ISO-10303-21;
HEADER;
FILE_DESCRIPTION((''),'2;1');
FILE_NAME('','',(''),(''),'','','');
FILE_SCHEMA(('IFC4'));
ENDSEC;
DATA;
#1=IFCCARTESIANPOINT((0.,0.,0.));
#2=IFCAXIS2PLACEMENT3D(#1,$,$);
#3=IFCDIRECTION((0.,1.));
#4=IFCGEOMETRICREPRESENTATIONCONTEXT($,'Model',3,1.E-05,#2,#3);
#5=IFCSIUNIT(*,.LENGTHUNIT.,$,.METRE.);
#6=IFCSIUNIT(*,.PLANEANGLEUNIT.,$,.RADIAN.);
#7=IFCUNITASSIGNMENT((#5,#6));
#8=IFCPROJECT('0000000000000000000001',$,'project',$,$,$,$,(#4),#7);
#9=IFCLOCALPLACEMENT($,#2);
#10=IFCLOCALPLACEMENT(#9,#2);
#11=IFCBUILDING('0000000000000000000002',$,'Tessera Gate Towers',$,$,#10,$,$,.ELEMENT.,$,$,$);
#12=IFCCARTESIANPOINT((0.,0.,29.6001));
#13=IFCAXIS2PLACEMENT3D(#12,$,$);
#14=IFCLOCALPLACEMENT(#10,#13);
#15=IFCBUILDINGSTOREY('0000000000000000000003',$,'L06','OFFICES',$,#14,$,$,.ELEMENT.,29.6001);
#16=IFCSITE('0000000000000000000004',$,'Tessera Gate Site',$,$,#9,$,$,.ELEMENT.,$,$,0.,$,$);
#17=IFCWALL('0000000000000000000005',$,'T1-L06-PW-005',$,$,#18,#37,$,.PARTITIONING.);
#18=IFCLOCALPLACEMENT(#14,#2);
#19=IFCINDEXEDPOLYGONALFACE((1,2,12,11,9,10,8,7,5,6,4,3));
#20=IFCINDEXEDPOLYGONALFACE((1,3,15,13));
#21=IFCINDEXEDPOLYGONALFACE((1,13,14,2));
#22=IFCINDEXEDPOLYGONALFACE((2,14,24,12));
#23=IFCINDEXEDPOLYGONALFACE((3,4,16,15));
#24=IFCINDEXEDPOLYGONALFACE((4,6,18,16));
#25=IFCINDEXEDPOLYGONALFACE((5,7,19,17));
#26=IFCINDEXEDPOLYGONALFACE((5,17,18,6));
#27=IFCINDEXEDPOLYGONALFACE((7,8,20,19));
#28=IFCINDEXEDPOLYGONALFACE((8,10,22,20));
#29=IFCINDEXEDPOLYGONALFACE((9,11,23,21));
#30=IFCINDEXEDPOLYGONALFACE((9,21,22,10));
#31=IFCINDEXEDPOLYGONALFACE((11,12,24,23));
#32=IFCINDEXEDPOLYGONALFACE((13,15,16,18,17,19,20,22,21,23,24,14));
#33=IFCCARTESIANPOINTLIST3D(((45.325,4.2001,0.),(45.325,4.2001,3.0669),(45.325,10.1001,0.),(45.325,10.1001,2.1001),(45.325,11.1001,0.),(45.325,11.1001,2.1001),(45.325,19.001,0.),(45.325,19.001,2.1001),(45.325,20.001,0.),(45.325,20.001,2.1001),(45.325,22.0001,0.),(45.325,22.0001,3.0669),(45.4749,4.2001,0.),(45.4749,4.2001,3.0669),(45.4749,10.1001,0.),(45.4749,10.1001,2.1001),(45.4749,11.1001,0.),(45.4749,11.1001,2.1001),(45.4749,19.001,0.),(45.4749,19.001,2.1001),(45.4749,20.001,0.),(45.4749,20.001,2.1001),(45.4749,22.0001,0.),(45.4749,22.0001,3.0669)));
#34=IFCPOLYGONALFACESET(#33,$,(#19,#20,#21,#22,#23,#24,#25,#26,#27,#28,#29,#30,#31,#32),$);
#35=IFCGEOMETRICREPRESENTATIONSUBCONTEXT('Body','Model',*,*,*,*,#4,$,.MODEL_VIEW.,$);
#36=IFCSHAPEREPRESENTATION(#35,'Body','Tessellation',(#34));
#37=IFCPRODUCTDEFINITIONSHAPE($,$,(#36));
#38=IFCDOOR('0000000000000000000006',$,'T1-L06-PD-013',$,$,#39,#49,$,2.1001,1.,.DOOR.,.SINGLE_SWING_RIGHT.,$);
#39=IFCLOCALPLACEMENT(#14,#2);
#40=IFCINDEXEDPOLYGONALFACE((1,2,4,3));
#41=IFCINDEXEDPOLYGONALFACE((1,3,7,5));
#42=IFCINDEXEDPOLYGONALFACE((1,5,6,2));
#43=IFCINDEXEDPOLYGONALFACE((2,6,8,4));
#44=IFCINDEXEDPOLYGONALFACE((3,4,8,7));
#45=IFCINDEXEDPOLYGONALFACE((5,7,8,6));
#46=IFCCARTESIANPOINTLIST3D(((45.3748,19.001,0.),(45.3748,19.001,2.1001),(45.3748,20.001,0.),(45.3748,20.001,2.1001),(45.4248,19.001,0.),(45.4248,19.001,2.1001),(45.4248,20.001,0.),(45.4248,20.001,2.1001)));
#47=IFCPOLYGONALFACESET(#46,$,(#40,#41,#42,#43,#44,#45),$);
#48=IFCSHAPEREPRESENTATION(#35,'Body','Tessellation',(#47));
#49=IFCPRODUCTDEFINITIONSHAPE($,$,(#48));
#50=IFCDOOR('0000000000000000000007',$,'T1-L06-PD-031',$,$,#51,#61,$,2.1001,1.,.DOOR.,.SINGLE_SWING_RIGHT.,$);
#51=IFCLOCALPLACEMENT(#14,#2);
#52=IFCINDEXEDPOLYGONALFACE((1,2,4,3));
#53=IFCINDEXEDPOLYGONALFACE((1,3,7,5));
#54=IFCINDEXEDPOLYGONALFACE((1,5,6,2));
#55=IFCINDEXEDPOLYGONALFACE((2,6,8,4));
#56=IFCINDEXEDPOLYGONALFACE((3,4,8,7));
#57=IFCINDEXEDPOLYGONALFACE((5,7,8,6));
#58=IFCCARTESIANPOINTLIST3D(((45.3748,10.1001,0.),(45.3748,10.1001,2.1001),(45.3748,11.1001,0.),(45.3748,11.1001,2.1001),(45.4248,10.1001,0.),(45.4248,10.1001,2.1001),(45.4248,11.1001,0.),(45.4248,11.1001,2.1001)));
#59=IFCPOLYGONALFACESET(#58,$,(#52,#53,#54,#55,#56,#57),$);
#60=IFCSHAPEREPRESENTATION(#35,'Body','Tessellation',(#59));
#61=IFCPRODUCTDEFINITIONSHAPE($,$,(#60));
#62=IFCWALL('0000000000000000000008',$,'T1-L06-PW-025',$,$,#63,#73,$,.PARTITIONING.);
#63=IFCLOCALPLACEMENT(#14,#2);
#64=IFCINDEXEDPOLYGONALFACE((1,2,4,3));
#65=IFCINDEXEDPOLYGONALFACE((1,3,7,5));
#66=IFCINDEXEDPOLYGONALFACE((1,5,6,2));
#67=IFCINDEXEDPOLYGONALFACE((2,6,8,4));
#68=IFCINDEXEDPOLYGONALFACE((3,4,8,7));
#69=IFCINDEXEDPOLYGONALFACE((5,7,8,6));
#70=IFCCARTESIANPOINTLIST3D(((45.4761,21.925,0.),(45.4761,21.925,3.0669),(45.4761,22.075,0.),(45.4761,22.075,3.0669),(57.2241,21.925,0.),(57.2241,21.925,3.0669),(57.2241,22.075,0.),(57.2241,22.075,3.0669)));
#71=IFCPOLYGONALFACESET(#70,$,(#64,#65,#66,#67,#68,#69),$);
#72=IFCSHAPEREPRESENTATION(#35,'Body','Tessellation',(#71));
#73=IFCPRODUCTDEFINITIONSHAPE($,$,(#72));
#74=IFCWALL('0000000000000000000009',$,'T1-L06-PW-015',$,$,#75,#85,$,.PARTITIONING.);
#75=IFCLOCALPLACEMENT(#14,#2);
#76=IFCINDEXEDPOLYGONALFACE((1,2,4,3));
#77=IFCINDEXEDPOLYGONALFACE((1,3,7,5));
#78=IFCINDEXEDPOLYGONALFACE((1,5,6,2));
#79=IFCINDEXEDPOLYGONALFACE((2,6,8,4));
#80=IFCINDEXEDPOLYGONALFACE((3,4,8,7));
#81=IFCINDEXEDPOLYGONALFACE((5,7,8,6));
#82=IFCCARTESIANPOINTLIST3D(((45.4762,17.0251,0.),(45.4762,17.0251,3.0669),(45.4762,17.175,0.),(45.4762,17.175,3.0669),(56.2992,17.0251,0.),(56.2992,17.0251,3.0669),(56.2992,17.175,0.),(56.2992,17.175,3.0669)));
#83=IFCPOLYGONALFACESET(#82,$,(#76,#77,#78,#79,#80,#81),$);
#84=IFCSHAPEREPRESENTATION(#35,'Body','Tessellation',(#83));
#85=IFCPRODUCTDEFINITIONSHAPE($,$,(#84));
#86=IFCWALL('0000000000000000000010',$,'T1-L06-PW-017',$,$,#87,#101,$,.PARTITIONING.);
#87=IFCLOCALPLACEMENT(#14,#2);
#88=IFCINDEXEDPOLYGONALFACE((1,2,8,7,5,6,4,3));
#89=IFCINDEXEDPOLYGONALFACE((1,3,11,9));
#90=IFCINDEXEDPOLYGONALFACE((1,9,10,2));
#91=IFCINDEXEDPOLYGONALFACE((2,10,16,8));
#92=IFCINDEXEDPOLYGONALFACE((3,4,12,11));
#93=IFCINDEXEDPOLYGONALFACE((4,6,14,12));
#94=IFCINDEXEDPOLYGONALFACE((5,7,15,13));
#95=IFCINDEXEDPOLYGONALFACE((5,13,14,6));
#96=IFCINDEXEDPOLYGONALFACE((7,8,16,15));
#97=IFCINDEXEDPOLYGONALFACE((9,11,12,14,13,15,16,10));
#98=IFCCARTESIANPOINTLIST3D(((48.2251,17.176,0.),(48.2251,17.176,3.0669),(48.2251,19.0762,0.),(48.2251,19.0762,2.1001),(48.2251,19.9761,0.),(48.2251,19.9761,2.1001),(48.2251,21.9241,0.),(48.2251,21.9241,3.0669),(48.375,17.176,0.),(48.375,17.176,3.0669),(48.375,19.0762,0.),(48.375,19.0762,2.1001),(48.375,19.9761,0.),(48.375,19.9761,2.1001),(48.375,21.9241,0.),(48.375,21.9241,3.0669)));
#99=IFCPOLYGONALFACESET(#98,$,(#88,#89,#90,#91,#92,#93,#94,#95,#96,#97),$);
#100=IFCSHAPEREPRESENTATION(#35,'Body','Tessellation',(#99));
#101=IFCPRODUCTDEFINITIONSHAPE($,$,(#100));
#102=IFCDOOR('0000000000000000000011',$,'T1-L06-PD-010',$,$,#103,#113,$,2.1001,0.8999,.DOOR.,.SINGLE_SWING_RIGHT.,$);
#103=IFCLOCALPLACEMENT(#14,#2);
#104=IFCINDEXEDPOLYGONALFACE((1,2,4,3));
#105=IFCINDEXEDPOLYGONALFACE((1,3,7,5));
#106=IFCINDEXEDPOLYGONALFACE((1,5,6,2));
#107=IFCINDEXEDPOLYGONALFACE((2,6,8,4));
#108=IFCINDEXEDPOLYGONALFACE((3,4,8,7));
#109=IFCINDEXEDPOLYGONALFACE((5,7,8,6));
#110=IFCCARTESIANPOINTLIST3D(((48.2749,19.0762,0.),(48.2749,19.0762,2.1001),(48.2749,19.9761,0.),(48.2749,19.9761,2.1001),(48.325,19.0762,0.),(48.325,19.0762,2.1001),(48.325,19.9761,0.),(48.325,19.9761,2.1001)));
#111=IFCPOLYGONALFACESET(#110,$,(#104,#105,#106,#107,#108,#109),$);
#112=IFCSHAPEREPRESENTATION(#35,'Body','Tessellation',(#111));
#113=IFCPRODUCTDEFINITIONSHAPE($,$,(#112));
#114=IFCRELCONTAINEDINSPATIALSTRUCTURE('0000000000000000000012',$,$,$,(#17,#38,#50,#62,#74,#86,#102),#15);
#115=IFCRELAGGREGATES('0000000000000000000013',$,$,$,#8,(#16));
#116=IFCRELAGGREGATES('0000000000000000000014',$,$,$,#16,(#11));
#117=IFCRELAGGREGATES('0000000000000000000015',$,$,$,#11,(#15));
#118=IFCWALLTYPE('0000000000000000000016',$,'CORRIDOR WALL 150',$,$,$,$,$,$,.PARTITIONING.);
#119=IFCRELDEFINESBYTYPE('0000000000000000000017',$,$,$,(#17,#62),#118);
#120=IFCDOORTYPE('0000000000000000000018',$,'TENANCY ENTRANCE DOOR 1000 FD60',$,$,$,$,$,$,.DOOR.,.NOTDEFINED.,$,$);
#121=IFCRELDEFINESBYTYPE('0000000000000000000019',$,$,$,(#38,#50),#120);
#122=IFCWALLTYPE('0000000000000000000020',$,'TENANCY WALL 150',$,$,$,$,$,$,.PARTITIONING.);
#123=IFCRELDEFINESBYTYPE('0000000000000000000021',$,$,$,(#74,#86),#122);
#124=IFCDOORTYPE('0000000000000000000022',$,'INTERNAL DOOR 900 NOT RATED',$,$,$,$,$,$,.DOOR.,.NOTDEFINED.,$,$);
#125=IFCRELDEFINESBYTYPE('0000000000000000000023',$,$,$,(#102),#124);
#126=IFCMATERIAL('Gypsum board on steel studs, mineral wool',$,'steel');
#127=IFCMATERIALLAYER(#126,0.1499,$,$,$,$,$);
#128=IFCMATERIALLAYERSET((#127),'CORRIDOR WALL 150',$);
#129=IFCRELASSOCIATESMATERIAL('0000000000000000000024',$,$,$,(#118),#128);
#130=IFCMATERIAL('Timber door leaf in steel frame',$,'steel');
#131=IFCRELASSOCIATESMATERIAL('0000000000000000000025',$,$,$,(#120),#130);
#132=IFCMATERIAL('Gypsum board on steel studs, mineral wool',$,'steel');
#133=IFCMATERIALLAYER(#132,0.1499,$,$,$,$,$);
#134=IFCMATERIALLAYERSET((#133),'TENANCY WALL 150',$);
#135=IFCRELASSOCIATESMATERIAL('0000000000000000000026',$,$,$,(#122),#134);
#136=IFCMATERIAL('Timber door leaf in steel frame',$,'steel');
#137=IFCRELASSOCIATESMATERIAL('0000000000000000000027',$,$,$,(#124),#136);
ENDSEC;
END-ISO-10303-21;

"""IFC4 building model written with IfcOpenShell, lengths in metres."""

from ifc_helpers import new_model, si_unit, direction, frame, frame_2d, origin, place, context, subcontext, project, spatial, rectangle, extrude, source, transform, mapped, material, layer, layer_set, type_object, element, fill, save


model = new_model("IFC4")

# Units and contexts
model_context = context("Model", 3, precision=1e-05, world=origin(), true_north=direction((0.0, 1.0)))
body_context = subcontext(model_context, "Body", "Model", "MODEL_VIEW")
ifc_project = project(units=[si_unit("LENGTHUNIT", "METRE"), si_unit("PLANEANGLEUNIT", "RADIAN")], contexts=[model_context])

# Site, building, storey
site_placement = place(None, origin())
site = spatial("IfcSite", under=ifc_project, at=site_placement, Name="Tessera Gate Site", CompositionType="ELEMENT", RefElevation=0.0)
building_placement = place(site_placement, origin())
building = spatial("IfcBuilding", under=site, at=building_placement, Name="Tessera Gate Towers", CompositionType="ELEMENT")
storey_placement = place(building_placement, frame((0.0, 0.0, 29.6001)))
storey = spatial("IfcBuildingStorey", under=building, at=storey_placement, Name="L06", Description="OFFICES", CompositionType="ELEMENT", Elevation=29.6001)

# Wall, openings, doors
ifc_material_1 = material(Name="Gypsum board on steel studs, mineral wool", Category="steel")
ifc_layer_1 = layer(ifc_material_1, 0.1499)
ifc_layer_set_1 = layer_set([ifc_layer_1], Name="CORRIDOR WALL 150")
wall_type_1 = type_object("IfcWallType", Name="CORRIDOR WALL 150", PredefinedType="PARTITIONING", material=ifc_layer_set_1)
wall_1_placement = place(storey_placement, frame((45.3999, 22.0, 0.0), z_axis=(0.0, 0.0, 1.0), x_axis=(0.0, -1.0, 0.0)))
wall_1 = element("IfcWall", 1, at=wall_1_placement, inside=storey, type_object=wall_type_1, Name="T1-L06-PW-005", PredefinedType="PARTITIONING", context=body_context, shape_type="SweptSolid", body=[
    extrude(rectangle(XDim=17.8, YDim=0.1499, at=frame_2d((8.8999, 0.0))), origin(), (0.0, 0.0, 1.0), 3.0669),
])
shared_shape_1 = source(origin(), body_context, "Body", "SweptSolid", [
    extrude(rectangle(XDim=1.0, YDim=2.1001, at=frame_2d((0.5, 1.05))), frame((0.0, 0.085, 0.0), z_axis=(0.0, -1.0, 0.0), x_axis=(1.0, 0.0, 0.0)), (0.0, 0.0, 1.0), 0.1699),
])
opening_1_placement = place(wall_1_placement, frame((1.999, 0.0, 0.0)))
opening_1 = element("IfcOpeningElement", 2, at=opening_1_placement, cuts=wall_1, PredefinedType="OPENING", context=body_context, shape_type="MappedRepresentation", body=[
    mapped(shared_shape_1, transform((0.0, 0.0, 0.0), scale=1.0)),
])
opening_2_placement = place(wall_1_placement, frame((10.8999, 0.0, 0.0)))
opening_2 = element("IfcOpeningElement", 3, at=opening_2_placement, cuts=wall_1, PredefinedType="OPENING", context=body_context, shape_type="MappedRepresentation", body=[
    mapped(shared_shape_1, transform((0.0, 0.0, 0.0), scale=1.0)),
])
ifc_material_2 = material(Name="Timber door leaf in steel frame", Category="steel")
door_type_1 = type_object("IfcDoorType", Name="TENANCY ENTRANCE DOOR 1000 FD60", OperationType="NOTDEFINED", PredefinedType="DOOR", material=ifc_material_2)
shared_shape_2 = source(origin(), body_context, "Body", "SweptSolid", [
    extrude(rectangle(XDim=1.0, YDim=2.1001, at=frame_2d((0.5, 1.05))), frame((0.0, 0.0249, 0.0), z_axis=(0.0, -1.0, 0.0), x_axis=(1.0, 0.0, 0.0)), (0.0, 0.0, 1.0), 0.05),
])
door_1_placement = place(opening_1_placement, origin())
door_1 = element("IfcDoor", 4, at=door_1_placement, inside=storey, type_object=door_type_1, Name="T1-L06-PD-013", OperationType="SINGLE_SWING_RIGHT", OverallHeight=2.1001, OverallWidth=1.0, PredefinedType="DOOR", context=body_context, shape_type="MappedRepresentation", body=[
    mapped(shared_shape_2, transform((0.0, 0.0, 0.0), scale=1.0)),
])
fill(opening_1, door_1)
door_2_placement = place(opening_2_placement, origin())
door_2 = element("IfcDoor", 5, at=door_2_placement, inside=storey, type_object=door_type_1, Name="T1-L06-PD-031", OperationType="SINGLE_SWING_RIGHT", OverallHeight=2.1001, OverallWidth=1.0, PredefinedType="DOOR", context=body_context, shape_type="MappedRepresentation", body=[
    mapped(shared_shape_2, transform((0.0, 0.0, 0.0), scale=1.0)),
])
fill(opening_2, door_2)

# Walls
wall_2_placement = place(storey_placement, frame((45.4761, 22.0, 0.0), z_axis=(0.0, 0.0, 1.0), x_axis=(1.0, 0.0, 0.0)))
element("IfcWall", 6, at=wall_2_placement, inside=storey, type_object=wall_type_1, Name="T1-L06-PW-025", PredefinedType="PARTITIONING", context=body_context, shape_type="SweptSolid", body=[
    extrude(rectangle(XDim=11.748, YDim=0.1499, at=frame_2d((5.874, 0.0))), origin(), (0.0, 0.0, 1.0), 3.0669),
])
ifc_material_3 = material(Name="Gypsum board on steel studs, mineral wool", Category="steel")
ifc_layer_2 = layer(ifc_material_3, 0.1499)
ifc_layer_set_2 = layer_set([ifc_layer_2], Name="TENANCY WALL 150")
wall_type_2 = type_object("IfcWallType", Name="TENANCY WALL 150", PredefinedType="PARTITIONING", material=ifc_layer_set_2)
wall_3_placement = place(storey_placement, frame((45.4761, 17.1001, 0.0), z_axis=(0.0, 0.0, 1.0), x_axis=(1.0, 0.0, 0.0)))
element("IfcWall", 7, at=wall_3_placement, inside=storey, type_object=wall_type_2, Name="T1-L06-PW-015", PredefinedType="PARTITIONING", context=body_context, shape_type="SweptSolid", body=[
    extrude(rectangle(XDim=10.823, YDim=0.1499, at=frame_2d((5.4116, 0.0))), origin(), (0.0, 0.0, 1.0), 3.0669),
])

# Wall, opening, door
wall_4_placement = place(storey_placement, frame((48.3, 21.9241, 0.0), z_axis=(0.0, 0.0, 1.0), x_axis=(0.0, -1.0, 0.0)))
wall_4 = element("IfcWall", 8, at=wall_4_placement, inside=storey, type_object=wall_type_2, Name="T1-L06-PW-017", PredefinedType="PARTITIONING", context=body_context, shape_type="SweptSolid", body=[
    extrude(rectangle(XDim=4.748, YDim=0.1499, at=frame_2d((2.374, 0.0))), origin(), (0.0, 0.0, 1.0), 3.0669),
])
shared_shape_3 = source(origin(), body_context, "Body", "SweptSolid", [
    extrude(rectangle(XDim=0.8999, YDim=2.1001, at=frame_2d((0.45, 1.05))), frame((0.0, 0.085, 0.0), z_axis=(0.0, -1.0, 0.0), x_axis=(1.0, 0.0, 0.0)), (0.0, 0.0, 1.0), 0.1699),
])
opening_3_placement = place(wall_4_placement, frame((1.948, 0.0, 0.0)))
opening_3 = element("IfcOpeningElement", 9, at=opening_3_placement, cuts=wall_4, PredefinedType="OPENING", context=body_context, shape_type="MappedRepresentation", body=[
    mapped(shared_shape_3, transform((0.0, 0.0, 0.0), scale=1.0)),
])
ifc_material_4 = material(Name="Timber door leaf in steel frame", Category="steel")
door_type_2 = type_object("IfcDoorType", Name="INTERNAL DOOR 900 NOT RATED", OperationType="NOTDEFINED", PredefinedType="DOOR", material=ifc_material_4)
shared_shape_4 = source(origin(), body_context, "Body", "SweptSolid", [
    extrude(rectangle(XDim=0.8999, YDim=2.1001, at=frame_2d((0.45, 1.05))), frame((0.0, 0.0249, 0.0), z_axis=(0.0, -1.0, 0.0), x_axis=(1.0, 0.0, 0.0)), (0.0, 0.0, 1.0), 0.05),
])
door_3_placement = place(opening_3_placement, origin())
door_3 = element("IfcDoor", 10, at=door_3_placement, inside=storey, type_object=door_type_2, Name="T1-L06-PD-010", OperationType="SINGLE_SWING_RIGHT", OverallHeight=2.1001, OverallWidth=0.8999, PredefinedType="DOOR", context=body_context, shape_type="MappedRepresentation", body=[
    mapped(shared_shape_4, transform((0.0, 0.0, 0.0), scale=1.0)),
])
fill(opening_3, door_3)

save(model, "model.ifc")
